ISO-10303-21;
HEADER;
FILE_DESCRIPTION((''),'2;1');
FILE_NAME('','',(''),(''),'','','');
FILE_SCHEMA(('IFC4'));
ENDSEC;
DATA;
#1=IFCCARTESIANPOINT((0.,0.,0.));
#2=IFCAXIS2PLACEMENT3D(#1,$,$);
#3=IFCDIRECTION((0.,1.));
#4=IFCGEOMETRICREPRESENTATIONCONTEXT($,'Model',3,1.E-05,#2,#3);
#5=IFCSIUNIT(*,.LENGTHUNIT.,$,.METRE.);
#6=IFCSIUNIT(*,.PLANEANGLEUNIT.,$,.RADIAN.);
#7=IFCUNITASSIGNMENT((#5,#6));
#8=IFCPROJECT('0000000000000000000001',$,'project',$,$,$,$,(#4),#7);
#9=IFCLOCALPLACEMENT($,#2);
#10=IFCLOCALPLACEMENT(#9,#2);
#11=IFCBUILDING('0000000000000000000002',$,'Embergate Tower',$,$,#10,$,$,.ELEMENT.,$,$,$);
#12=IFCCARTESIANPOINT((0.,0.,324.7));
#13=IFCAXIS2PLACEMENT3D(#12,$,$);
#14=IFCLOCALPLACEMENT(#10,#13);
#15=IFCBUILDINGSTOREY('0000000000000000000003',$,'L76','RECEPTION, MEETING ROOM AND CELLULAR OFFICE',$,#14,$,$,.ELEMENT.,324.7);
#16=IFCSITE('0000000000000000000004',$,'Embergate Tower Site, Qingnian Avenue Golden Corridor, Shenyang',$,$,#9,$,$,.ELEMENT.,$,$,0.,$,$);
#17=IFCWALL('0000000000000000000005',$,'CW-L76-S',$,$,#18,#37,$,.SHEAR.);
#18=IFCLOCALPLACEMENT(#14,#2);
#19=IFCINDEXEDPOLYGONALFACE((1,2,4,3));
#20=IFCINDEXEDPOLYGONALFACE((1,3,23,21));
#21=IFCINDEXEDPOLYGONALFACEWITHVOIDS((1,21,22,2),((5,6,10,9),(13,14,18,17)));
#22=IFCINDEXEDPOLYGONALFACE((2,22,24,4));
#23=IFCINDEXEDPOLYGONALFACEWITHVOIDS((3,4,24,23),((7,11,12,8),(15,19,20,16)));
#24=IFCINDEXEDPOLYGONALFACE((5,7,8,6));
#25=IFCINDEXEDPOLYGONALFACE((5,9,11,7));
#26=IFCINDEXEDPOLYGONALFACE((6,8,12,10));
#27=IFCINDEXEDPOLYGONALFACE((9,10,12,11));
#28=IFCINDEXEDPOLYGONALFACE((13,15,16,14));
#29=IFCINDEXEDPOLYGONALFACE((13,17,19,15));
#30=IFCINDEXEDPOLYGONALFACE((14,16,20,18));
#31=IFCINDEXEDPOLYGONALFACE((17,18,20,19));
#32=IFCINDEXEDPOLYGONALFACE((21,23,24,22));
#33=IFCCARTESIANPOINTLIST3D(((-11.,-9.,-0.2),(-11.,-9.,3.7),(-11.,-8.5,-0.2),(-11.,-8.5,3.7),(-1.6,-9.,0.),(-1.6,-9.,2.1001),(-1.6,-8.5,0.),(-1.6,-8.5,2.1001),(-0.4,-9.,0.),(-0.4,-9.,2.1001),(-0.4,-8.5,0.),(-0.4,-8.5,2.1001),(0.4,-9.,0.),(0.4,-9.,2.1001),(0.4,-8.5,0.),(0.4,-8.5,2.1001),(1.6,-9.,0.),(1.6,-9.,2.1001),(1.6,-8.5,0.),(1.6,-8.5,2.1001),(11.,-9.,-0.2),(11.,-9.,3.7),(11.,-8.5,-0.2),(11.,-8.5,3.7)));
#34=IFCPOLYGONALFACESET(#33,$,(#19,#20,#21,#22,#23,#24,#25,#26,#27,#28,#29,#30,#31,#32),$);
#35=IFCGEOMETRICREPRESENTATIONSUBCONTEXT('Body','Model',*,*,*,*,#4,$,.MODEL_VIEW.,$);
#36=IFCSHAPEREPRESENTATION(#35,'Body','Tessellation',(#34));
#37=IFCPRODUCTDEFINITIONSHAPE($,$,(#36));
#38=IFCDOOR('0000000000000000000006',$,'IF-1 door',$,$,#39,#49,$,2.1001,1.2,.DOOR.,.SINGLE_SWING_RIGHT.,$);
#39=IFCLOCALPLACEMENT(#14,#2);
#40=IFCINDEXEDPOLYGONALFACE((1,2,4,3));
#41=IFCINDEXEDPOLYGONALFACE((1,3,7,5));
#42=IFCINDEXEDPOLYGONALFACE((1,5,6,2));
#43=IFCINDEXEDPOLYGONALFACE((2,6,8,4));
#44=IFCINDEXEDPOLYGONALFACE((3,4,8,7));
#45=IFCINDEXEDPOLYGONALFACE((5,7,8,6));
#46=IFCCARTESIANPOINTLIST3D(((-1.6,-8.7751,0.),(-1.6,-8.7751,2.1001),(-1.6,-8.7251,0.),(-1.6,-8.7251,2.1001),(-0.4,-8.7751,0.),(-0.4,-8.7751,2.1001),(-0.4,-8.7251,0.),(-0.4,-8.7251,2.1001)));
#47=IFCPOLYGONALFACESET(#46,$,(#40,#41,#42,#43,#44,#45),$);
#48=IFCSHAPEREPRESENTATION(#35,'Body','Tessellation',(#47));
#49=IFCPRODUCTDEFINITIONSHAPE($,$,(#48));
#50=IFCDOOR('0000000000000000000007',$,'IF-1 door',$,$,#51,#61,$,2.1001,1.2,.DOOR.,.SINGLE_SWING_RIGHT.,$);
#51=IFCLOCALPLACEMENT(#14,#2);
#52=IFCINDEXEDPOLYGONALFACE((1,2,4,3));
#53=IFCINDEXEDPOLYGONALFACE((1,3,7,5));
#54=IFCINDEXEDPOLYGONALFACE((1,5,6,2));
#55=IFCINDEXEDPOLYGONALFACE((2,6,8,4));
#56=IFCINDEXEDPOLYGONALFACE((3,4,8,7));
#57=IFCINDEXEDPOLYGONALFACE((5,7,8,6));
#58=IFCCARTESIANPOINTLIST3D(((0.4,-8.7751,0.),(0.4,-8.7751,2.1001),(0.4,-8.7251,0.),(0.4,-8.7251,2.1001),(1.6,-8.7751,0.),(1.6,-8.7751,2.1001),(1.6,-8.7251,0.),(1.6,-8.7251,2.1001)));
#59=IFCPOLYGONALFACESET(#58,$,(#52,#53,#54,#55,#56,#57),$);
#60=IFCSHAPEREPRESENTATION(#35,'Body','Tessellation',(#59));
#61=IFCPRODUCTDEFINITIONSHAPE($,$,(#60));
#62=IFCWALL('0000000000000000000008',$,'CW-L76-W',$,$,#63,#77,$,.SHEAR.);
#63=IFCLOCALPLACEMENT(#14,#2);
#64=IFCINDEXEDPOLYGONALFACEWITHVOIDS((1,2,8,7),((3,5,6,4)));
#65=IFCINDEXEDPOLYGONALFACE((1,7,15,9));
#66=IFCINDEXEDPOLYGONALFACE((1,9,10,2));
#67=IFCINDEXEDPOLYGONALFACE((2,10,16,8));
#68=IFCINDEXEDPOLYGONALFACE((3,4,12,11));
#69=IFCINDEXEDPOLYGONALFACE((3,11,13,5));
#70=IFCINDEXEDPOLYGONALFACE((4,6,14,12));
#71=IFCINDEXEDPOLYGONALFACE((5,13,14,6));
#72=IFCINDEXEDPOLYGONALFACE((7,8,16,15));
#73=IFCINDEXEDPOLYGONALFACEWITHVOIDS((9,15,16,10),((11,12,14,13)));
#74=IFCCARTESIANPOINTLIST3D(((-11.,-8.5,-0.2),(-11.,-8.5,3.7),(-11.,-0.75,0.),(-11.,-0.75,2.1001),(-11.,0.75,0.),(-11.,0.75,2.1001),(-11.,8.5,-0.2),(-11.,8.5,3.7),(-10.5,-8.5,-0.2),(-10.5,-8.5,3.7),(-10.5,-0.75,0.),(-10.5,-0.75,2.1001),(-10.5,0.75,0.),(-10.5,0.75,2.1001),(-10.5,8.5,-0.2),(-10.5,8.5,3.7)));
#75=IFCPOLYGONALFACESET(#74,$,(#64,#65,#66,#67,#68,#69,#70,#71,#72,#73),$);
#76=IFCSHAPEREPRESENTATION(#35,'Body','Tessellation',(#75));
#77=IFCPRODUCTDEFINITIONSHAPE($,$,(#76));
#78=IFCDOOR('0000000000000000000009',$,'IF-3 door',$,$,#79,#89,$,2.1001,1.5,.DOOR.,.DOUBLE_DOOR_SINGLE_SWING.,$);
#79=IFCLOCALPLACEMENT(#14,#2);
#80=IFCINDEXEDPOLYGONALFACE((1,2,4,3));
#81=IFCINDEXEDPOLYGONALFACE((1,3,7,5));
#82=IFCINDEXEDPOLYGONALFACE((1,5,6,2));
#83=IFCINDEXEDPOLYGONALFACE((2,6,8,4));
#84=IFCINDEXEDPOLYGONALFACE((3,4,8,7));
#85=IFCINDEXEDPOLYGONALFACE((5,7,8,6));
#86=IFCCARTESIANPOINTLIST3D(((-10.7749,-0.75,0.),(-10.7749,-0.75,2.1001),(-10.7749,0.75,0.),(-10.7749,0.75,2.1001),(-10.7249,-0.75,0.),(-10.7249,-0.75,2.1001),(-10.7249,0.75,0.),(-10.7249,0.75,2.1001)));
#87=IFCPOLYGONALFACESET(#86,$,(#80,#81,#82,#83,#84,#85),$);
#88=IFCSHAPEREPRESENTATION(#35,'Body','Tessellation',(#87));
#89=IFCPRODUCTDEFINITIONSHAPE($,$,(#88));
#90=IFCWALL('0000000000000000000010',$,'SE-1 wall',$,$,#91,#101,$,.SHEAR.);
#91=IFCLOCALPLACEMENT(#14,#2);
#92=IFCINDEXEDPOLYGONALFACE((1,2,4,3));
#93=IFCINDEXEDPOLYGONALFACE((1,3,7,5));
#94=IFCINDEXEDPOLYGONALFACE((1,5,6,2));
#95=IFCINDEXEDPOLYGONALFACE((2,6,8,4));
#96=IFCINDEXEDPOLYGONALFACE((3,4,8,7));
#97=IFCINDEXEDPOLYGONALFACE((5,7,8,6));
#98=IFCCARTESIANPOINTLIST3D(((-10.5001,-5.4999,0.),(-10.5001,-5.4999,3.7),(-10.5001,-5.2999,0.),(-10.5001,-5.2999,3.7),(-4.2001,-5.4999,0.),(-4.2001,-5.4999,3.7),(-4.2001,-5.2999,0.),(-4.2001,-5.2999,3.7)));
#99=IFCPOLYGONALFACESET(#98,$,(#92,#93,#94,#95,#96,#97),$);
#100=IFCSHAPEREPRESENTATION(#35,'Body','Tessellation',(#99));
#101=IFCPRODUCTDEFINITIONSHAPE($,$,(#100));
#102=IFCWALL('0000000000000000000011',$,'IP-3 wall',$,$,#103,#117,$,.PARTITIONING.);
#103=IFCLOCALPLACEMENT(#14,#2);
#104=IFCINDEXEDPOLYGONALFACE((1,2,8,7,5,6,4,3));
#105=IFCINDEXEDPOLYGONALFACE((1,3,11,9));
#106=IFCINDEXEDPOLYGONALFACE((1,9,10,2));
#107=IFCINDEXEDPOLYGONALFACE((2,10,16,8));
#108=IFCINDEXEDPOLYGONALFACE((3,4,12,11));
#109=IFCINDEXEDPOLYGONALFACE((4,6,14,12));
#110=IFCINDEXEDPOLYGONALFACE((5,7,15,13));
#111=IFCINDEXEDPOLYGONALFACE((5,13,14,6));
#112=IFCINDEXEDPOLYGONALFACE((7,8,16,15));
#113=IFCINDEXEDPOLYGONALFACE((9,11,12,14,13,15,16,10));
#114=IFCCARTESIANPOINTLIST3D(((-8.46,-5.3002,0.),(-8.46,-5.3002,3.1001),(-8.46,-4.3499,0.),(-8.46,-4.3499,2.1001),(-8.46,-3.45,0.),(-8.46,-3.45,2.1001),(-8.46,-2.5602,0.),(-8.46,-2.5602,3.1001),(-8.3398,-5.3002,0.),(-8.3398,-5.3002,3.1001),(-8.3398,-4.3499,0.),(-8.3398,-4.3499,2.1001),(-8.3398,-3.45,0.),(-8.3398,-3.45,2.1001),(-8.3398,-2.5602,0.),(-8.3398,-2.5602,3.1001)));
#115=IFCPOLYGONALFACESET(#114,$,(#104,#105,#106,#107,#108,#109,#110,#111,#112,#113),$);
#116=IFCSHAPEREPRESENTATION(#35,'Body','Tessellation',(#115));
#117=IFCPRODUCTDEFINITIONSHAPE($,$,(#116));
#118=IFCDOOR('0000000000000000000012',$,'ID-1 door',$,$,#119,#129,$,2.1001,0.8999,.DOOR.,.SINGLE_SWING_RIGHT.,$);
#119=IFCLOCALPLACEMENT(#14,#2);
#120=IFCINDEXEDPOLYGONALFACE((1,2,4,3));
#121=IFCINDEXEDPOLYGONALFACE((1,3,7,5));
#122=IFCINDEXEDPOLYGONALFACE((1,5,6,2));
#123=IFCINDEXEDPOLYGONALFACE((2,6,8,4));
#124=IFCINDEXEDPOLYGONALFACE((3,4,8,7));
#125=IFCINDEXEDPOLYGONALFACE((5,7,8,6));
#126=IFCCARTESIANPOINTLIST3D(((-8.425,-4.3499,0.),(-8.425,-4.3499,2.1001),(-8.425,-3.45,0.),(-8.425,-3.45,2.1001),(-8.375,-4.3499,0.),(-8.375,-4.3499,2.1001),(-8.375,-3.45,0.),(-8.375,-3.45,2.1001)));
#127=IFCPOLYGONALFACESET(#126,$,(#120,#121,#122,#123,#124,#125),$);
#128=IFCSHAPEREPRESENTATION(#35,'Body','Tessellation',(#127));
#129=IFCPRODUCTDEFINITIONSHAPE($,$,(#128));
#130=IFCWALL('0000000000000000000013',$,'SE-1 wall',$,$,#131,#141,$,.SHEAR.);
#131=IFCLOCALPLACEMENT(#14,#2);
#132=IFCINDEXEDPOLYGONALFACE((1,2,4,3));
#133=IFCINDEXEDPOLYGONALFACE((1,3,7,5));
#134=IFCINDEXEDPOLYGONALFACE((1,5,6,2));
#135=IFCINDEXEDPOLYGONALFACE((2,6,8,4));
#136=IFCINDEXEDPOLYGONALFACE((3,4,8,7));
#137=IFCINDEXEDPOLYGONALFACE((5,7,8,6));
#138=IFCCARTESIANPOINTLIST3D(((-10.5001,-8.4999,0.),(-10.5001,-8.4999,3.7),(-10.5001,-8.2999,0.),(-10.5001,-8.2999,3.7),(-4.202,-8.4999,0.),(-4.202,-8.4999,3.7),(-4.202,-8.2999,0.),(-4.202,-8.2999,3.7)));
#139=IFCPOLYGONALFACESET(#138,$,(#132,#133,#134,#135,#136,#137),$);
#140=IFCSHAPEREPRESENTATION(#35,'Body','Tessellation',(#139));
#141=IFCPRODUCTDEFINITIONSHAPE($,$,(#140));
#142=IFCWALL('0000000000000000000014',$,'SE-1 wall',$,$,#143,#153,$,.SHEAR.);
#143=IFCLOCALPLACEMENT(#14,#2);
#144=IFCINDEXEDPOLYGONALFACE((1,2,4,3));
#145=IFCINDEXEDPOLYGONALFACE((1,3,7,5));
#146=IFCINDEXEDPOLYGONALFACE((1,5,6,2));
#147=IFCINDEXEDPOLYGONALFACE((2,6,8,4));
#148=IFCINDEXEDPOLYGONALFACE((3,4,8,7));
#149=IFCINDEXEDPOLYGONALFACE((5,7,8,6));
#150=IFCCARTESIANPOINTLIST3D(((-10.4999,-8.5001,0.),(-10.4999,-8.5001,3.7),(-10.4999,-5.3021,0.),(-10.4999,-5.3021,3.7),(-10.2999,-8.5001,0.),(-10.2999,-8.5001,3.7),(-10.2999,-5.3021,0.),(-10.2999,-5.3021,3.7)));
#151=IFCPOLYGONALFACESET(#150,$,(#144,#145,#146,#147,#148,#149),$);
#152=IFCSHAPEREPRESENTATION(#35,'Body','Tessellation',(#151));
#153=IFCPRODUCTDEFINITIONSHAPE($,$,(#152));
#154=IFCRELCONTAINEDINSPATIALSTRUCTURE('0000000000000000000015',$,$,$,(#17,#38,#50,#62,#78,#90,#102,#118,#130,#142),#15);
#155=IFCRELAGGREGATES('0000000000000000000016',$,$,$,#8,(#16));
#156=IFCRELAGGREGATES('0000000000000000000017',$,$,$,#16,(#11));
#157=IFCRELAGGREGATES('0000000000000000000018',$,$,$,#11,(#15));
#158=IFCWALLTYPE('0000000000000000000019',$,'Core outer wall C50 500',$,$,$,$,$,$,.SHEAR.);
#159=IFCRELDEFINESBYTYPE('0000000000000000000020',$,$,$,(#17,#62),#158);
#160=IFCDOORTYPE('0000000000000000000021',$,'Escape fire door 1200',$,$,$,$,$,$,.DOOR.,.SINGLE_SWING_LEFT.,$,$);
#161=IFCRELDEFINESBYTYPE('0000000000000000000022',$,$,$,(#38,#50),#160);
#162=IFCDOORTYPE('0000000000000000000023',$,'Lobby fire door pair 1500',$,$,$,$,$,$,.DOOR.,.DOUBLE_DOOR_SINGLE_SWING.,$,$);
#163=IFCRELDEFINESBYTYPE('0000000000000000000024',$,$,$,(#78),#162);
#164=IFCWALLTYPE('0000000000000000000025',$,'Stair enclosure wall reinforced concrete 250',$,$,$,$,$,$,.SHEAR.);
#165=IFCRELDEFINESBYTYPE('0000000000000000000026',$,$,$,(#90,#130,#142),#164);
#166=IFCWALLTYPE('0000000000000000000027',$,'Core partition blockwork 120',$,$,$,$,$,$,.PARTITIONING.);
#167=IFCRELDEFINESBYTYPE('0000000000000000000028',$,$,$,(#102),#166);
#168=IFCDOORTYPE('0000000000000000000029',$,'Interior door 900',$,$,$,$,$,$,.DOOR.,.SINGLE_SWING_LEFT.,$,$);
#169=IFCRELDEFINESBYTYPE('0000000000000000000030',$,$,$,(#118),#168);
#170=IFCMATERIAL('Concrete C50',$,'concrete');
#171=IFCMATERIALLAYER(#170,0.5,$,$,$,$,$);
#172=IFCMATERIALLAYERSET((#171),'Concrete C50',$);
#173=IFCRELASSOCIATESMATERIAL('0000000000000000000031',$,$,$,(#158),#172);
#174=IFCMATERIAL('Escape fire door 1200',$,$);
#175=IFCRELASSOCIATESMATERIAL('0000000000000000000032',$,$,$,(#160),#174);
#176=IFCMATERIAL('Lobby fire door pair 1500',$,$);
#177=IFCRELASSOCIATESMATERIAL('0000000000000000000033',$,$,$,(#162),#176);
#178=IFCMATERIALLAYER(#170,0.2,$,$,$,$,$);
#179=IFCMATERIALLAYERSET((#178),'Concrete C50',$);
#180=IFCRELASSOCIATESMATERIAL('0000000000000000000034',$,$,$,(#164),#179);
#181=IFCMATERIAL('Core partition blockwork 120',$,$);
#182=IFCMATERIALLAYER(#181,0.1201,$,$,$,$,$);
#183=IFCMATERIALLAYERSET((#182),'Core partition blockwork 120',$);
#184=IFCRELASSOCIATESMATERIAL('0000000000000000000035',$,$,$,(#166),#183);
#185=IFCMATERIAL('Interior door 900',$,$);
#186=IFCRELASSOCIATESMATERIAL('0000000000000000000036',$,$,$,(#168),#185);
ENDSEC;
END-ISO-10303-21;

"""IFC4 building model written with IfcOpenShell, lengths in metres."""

from ifc_helpers import new_model, si_unit, direction, frame, frame_2d, origin, place, context, subcontext, project, spatial, rectangle, extrude, source, transform, mapped, material, layer, layer_set, type_object, element, fill, save


model = new_model("IFC4")

# Units and contexts
model_context = context("Model", 3, precision=1e-05, world=origin(), true_north=direction((0.0, 1.0)))
body_context = subcontext(model_context, "Body", "Model", "MODEL_VIEW")
ifc_project = project(units=[si_unit("LENGTHUNIT", "METRE"), si_unit("PLANEANGLEUNIT", "RADIAN")], contexts=[model_context])

# Site, building, storey
site_placement = place(None, origin())
site = spatial("IfcSite", under=ifc_project, at=site_placement, Name="Embergate Tower Site, Qingnian Avenue Golden Corridor, Shenyang", CompositionType="ELEMENT", RefElevation=0.0)
building_placement = place(site_placement, origin())
building = spatial("IfcBuilding", under=site, at=building_placement, Name="Embergate Tower", CompositionType="ELEMENT")
storey_placement = place(building_placement, frame((0.0, 0.0, 324.7)))
storey = spatial("IfcBuildingStorey", under=building, at=storey_placement, Name="L76", Description="RECEPTION, MEETING ROOM AND CELLULAR OFFICE", CompositionType="ELEMENT", Elevation=324.7)

# Wall, openings, doors
ifc_material_1 = material(Name="Concrete C50", Category="concrete")
ifc_layer_1 = layer(ifc_material_1, 0.5)
ifc_layer_set_1 = layer_set([ifc_layer_1], Name="Concrete C50")
wall_type_1 = type_object("IfcWallType", Name="Core outer wall C50 500", PredefinedType="SHEAR", material=ifc_layer_set_1)
shared_shape_1 = source(origin(), body_context, "Body", "SweptSolid", [
    extrude(rectangle(XDim=22.0, YDim=0.5, at=frame_2d((11.0, 0.0))), origin(), (0.0, 0.0, 1.0), 3.8999),
])
wall_1_placement = place(storey_placement, frame((-11.0, -8.75, -0.2), z_axis=(0.0, 0.0, 1.0), x_axis=(1.0, 0.0, 0.0)))
wall_1 = element("IfcWall", 1, at=wall_1_placement, inside=storey, type_object=wall_type_1, Name="CW-L76-S", PredefinedType="SHEAR", context=body_context, shape_type="MappedRepresentation", body=[
    mapped(shared_shape_1, transform((0.0, 0.0, 0.0))),
])
shared_shape_2 = source(origin(), body_context, "Body", "SweptSolid", [
    extrude(rectangle(XDim=1.2, YDim=2.1001, at=frame_2d((0.6001, 1.05))), frame((0.0, 0.26, 0.0), z_axis=(0.0, -1.0, 0.0), x_axis=(1.0, 0.0, 0.0)), (0.0, 0.0, 1.0), 0.52),
])
opening_1_placement = place(wall_1_placement, frame((9.3999, 0.0, 0.2)))
opening_1 = element("IfcOpeningElement", 2, at=opening_1_placement, cuts=wall_1, PredefinedType="OPENING", context=body_context, shape_type="MappedRepresentation", body=[
    mapped(shared_shape_2, transform((0.0, 0.0, 0.0))),
])
opening_2_placement = place(wall_1_placement, frame((11.3999, 0.0, 0.2)))
opening_2 = element("IfcOpeningElement", 3, at=opening_2_placement, cuts=wall_1, PredefinedType="OPENING", context=body_context, shape_type="MappedRepresentation", body=[
    mapped(shared_shape_2, transform((0.0, 0.0, 0.0))),
])
ifc_material_2 = material(Name="Escape fire door 1200")
door_type_1 = type_object("IfcDoorType", Name="Escape fire door 1200", OperationType="SINGLE_SWING_LEFT", PredefinedType="DOOR", material=ifc_material_2)
shared_shape_3 = source(origin(), body_context, "Body", "SweptSolid", [
    extrude(rectangle(XDim=1.2, YDim=2.1001, at=frame_2d((0.6001, 1.05))), frame((0.0, 0.0249, 0.0), z_axis=(0.0, -1.0, 0.0), x_axis=(1.0, 0.0, 0.0)), (0.0, 0.0, 1.0), 0.05),
])
door_1_placement = place(opening_1_placement, origin())
door_1 = element("IfcDoor", 4, at=door_1_placement, inside=storey, type_object=door_type_1, Name="IF-1 door", OperationType="SINGLE_SWING_RIGHT", OverallHeight=2.1001, OverallWidth=1.2, PredefinedType="DOOR", context=body_context, shape_type="MappedRepresentation", body=[
    mapped(shared_shape_3, transform((0.0, 0.0, 0.0))),
])
fill(opening_1, door_1)
door_2_placement = place(opening_2_placement, origin())
door_2 = element("IfcDoor", 5, at=door_2_placement, inside=storey, type_object=door_type_1, Name="IF-1 door", OperationType="SINGLE_SWING_RIGHT", OverallHeight=2.1001, OverallWidth=1.2, PredefinedType="DOOR", context=body_context, shape_type="MappedRepresentation", body=[
    mapped(shared_shape_3, transform((0.0, 0.0, 0.0))),
])
fill(opening_2, door_2)

# Wall, opening, door
shared_shape_4 = source(origin(), body_context, "Body", "SweptSolid", [
    extrude(rectangle(XDim=17.0, YDim=0.5, at=frame_2d((8.5, 0.0))), origin(), (0.0, 0.0, 1.0), 3.8999),
])
wall_2_placement = place(storey_placement, frame((-10.75, -8.5, -0.2), z_axis=(0.0, 0.0, 1.0), x_axis=(0.0, 1.0, 0.0)))
wall_2 = element("IfcWall", 6, at=wall_2_placement, inside=storey, type_object=wall_type_1, Name="CW-L76-W", PredefinedType="SHEAR", context=body_context, shape_type="MappedRepresentation", body=[
    mapped(shared_shape_4, transform((0.0, 0.0, 0.0))),
])
shared_shape_5 = source(origin(), body_context, "Body", "SweptSolid", [
    extrude(rectangle(XDim=1.5, YDim=2.1001, at=frame_2d((0.75, 1.05))), frame((0.0, 0.26, 0.0), z_axis=(0.0, -1.0, 0.0), x_axis=(1.0, 0.0, 0.0)), (0.0, 0.0, 1.0), 0.52),
])
opening_3_placement = place(wall_2_placement, frame((7.75, 0.0, 0.2)))
opening_3 = element("IfcOpeningElement", 7, at=opening_3_placement, cuts=wall_2, PredefinedType="OPENING", context=body_context, shape_type="MappedRepresentation", body=[
    mapped(shared_shape_5, transform((0.0, 0.0, 0.0))),
])
ifc_material_3 = material(Name="Lobby fire door pair 1500")
door_type_2 = type_object("IfcDoorType", Name="Lobby fire door pair 1500", OperationType="DOUBLE_DOOR_SINGLE_SWING", PredefinedType="DOOR", material=ifc_material_3)
shared_shape_6 = source(origin(), body_context, "Body", "SweptSolid", [
    extrude(rectangle(XDim=1.5, YDim=2.1001, at=frame_2d((0.75, 1.05))), frame((0.0, 0.0249, 0.0), z_axis=(0.0, -1.0, 0.0), x_axis=(1.0, 0.0, 0.0)), (0.0, 0.0, 1.0), 0.05),
])
door_3_placement = place(opening_3_placement, origin())
door_3 = element("IfcDoor", 8, at=door_3_placement, inside=storey, type_object=door_type_2, Name="IF-3 door", OperationType="DOUBLE_DOOR_SINGLE_SWING", OverallHeight=2.1001, OverallWidth=1.5, PredefinedType="DOOR", context=body_context, shape_type="MappedRepresentation", body=[
    mapped(shared_shape_6, transform((0.0, 0.0, 0.0))),
])
fill(opening_3, door_3)

# Wall
ifc_layer_2 = layer(ifc_material_1, 0.2)
ifc_layer_set_2 = layer_set([ifc_layer_2], Name="Concrete C50")
wall_type_2 = type_object("IfcWallType", Name="Stair enclosure wall reinforced concrete 250", PredefinedType="SHEAR", material=ifc_layer_set_2)
shared_shape_7 = source(origin(), body_context, "Body", "SweptSolid", [
    extrude(rectangle(XDim=6.3, YDim=0.2, at=frame_2d((3.1499, 0.0))), origin(), (0.0, 0.0, 1.0), 3.7),
])
wall_3_placement = place(storey_placement, frame((-10.5, -5.3999, 0.0), z_axis=(0.0, 0.0, 1.0), x_axis=(1.0, 0.0, 0.0)))
element("IfcWall", 9, at=wall_3_placement, inside=storey, type_object=wall_type_2, Name="SE-1 wall", PredefinedType="SHEAR", context=body_context, shape_type="MappedRepresentation", body=[
    mapped(shared_shape_7, transform((0.0, 0.0, 0.0))),
])

# Wall, opening, door
ifc_material_4 = material(Name="Core partition blockwork 120")
ifc_layer_3 = layer(ifc_material_4, 0.1201)
ifc_layer_set_3 = layer_set([ifc_layer_3], Name="Core partition blockwork 120")
wall_type_3 = type_object("IfcWallType", Name="Core partition blockwork 120", PredefinedType="PARTITIONING", material=ifc_layer_set_3)
shared_shape_8 = source(origin(), body_context, "Body", "SweptSolid", [
    extrude(rectangle(XDim=2.74, YDim=0.1201, at=frame_2d((1.3701, 0.0))), origin(), (0.0, 0.0, 1.0), 3.1001),
])
wall_4_placement = place(storey_placement, frame((-8.3999, -2.5601, 0.0), z_axis=(0.0, 0.0, 1.0), x_axis=(0.0, -1.0, 0.0)))
wall_4 = element("IfcWall", 10, at=wall_4_placement, inside=storey, type_object=wall_type_3, Name="IP-3 wall", PredefinedType="PARTITIONING", context=body_context, shape_type="MappedRepresentation", body=[
    mapped(shared_shape_8, transform((0.0, 0.0, 0.0))),
])
shared_shape_9 = source(origin(), body_context, "Body", "SweptSolid", [
    extrude(rectangle(XDim=0.8999, YDim=2.1001, at=frame_2d((0.45, 1.05))), frame((0.0, 0.0701, 0.0), z_axis=(0.0, -1.0, 0.0), x_axis=(1.0, 0.0, 0.0)), (0.0, 0.0, 1.0), 0.1401),
])
opening_4_placement = place(wall_4_placement, frame((0.8899, 0.0, 0.0)))
opening_4 = element("IfcOpeningElement", 11, at=opening_4_placement, cuts=wall_4, PredefinedType="OPENING", context=body_context, shape_type="MappedRepresentation", body=[
    mapped(shared_shape_9, transform((0.0, 0.0, 0.0))),
])
ifc_material_5 = material(Name="Interior door 900")
door_type_3 = type_object("IfcDoorType", Name="Interior door 900", OperationType="SINGLE_SWING_LEFT", PredefinedType="DOOR", material=ifc_material_5)
shared_shape_10 = source(origin(), body_context, "Body", "SweptSolid", [
    extrude(rectangle(XDim=0.8999, YDim=2.1001, at=frame_2d((0.45, 1.05))), frame((0.0, 0.0249, 0.0), z_axis=(0.0, -1.0, 0.0), x_axis=(1.0, 0.0, 0.0)), (0.0, 0.0, 1.0), 0.05),
])
door_4_placement = place(opening_4_placement, origin())
door_4 = element("IfcDoor", 12, at=door_4_placement, inside=storey, type_object=door_type_3, Name="ID-1 door", OperationType="SINGLE_SWING_RIGHT", OverallHeight=2.1001, OverallWidth=0.8999, PredefinedType="DOOR", context=body_context, shape_type="MappedRepresentation", body=[
    mapped(shared_shape_10, transform((0.0, 0.0, 0.0))),
])
fill(opening_4, door_4)

# Walls
shared_shape_11 = source(origin(), body_context, "Body", "SweptSolid", [
    extrude(rectangle(XDim=6.2981, YDim=0.2, at=frame_2d((3.1489, 0.0))), origin(), (0.0, 0.0, 1.0), 3.7),
])
wall_5_placement = place(storey_placement, frame((-10.5, -8.3999, 0.0), z_axis=(0.0, 0.0, 1.0), x_axis=(1.0, 0.0, 0.0)))
element("IfcWall", 13, at=wall_5_placement, inside=storey, type_object=wall_type_2, Name="SE-1 wall", PredefinedType="SHEAR", context=body_context, shape_type="MappedRepresentation", body=[
    mapped(shared_shape_11, transform((0.0, 0.0, 0.0))),
])
shared_shape_12 = source(origin(), body_context, "Body", "SweptSolid", [
    extrude(rectangle(XDim=3.198, YDim=0.2, at=frame_2d((1.5991, 0.0))), origin(), (0.0, 0.0, 1.0), 3.7),
])
wall_6_placement = place(storey_placement, frame((-10.3999, -5.302, 0.0), z_axis=(0.0, 0.0, 1.0), x_axis=(0.0, -1.0, 0.0)))
element("IfcWall", 14, at=wall_6_placement, inside=storey, type_object=wall_type_2, Name="SE-1 wall", PredefinedType="SHEAR", context=body_context, shape_type="MappedRepresentation", body=[
    mapped(shared_shape_12, transform((0.0, 0.0, 0.0))),
])

save(model, "model.ifc")
